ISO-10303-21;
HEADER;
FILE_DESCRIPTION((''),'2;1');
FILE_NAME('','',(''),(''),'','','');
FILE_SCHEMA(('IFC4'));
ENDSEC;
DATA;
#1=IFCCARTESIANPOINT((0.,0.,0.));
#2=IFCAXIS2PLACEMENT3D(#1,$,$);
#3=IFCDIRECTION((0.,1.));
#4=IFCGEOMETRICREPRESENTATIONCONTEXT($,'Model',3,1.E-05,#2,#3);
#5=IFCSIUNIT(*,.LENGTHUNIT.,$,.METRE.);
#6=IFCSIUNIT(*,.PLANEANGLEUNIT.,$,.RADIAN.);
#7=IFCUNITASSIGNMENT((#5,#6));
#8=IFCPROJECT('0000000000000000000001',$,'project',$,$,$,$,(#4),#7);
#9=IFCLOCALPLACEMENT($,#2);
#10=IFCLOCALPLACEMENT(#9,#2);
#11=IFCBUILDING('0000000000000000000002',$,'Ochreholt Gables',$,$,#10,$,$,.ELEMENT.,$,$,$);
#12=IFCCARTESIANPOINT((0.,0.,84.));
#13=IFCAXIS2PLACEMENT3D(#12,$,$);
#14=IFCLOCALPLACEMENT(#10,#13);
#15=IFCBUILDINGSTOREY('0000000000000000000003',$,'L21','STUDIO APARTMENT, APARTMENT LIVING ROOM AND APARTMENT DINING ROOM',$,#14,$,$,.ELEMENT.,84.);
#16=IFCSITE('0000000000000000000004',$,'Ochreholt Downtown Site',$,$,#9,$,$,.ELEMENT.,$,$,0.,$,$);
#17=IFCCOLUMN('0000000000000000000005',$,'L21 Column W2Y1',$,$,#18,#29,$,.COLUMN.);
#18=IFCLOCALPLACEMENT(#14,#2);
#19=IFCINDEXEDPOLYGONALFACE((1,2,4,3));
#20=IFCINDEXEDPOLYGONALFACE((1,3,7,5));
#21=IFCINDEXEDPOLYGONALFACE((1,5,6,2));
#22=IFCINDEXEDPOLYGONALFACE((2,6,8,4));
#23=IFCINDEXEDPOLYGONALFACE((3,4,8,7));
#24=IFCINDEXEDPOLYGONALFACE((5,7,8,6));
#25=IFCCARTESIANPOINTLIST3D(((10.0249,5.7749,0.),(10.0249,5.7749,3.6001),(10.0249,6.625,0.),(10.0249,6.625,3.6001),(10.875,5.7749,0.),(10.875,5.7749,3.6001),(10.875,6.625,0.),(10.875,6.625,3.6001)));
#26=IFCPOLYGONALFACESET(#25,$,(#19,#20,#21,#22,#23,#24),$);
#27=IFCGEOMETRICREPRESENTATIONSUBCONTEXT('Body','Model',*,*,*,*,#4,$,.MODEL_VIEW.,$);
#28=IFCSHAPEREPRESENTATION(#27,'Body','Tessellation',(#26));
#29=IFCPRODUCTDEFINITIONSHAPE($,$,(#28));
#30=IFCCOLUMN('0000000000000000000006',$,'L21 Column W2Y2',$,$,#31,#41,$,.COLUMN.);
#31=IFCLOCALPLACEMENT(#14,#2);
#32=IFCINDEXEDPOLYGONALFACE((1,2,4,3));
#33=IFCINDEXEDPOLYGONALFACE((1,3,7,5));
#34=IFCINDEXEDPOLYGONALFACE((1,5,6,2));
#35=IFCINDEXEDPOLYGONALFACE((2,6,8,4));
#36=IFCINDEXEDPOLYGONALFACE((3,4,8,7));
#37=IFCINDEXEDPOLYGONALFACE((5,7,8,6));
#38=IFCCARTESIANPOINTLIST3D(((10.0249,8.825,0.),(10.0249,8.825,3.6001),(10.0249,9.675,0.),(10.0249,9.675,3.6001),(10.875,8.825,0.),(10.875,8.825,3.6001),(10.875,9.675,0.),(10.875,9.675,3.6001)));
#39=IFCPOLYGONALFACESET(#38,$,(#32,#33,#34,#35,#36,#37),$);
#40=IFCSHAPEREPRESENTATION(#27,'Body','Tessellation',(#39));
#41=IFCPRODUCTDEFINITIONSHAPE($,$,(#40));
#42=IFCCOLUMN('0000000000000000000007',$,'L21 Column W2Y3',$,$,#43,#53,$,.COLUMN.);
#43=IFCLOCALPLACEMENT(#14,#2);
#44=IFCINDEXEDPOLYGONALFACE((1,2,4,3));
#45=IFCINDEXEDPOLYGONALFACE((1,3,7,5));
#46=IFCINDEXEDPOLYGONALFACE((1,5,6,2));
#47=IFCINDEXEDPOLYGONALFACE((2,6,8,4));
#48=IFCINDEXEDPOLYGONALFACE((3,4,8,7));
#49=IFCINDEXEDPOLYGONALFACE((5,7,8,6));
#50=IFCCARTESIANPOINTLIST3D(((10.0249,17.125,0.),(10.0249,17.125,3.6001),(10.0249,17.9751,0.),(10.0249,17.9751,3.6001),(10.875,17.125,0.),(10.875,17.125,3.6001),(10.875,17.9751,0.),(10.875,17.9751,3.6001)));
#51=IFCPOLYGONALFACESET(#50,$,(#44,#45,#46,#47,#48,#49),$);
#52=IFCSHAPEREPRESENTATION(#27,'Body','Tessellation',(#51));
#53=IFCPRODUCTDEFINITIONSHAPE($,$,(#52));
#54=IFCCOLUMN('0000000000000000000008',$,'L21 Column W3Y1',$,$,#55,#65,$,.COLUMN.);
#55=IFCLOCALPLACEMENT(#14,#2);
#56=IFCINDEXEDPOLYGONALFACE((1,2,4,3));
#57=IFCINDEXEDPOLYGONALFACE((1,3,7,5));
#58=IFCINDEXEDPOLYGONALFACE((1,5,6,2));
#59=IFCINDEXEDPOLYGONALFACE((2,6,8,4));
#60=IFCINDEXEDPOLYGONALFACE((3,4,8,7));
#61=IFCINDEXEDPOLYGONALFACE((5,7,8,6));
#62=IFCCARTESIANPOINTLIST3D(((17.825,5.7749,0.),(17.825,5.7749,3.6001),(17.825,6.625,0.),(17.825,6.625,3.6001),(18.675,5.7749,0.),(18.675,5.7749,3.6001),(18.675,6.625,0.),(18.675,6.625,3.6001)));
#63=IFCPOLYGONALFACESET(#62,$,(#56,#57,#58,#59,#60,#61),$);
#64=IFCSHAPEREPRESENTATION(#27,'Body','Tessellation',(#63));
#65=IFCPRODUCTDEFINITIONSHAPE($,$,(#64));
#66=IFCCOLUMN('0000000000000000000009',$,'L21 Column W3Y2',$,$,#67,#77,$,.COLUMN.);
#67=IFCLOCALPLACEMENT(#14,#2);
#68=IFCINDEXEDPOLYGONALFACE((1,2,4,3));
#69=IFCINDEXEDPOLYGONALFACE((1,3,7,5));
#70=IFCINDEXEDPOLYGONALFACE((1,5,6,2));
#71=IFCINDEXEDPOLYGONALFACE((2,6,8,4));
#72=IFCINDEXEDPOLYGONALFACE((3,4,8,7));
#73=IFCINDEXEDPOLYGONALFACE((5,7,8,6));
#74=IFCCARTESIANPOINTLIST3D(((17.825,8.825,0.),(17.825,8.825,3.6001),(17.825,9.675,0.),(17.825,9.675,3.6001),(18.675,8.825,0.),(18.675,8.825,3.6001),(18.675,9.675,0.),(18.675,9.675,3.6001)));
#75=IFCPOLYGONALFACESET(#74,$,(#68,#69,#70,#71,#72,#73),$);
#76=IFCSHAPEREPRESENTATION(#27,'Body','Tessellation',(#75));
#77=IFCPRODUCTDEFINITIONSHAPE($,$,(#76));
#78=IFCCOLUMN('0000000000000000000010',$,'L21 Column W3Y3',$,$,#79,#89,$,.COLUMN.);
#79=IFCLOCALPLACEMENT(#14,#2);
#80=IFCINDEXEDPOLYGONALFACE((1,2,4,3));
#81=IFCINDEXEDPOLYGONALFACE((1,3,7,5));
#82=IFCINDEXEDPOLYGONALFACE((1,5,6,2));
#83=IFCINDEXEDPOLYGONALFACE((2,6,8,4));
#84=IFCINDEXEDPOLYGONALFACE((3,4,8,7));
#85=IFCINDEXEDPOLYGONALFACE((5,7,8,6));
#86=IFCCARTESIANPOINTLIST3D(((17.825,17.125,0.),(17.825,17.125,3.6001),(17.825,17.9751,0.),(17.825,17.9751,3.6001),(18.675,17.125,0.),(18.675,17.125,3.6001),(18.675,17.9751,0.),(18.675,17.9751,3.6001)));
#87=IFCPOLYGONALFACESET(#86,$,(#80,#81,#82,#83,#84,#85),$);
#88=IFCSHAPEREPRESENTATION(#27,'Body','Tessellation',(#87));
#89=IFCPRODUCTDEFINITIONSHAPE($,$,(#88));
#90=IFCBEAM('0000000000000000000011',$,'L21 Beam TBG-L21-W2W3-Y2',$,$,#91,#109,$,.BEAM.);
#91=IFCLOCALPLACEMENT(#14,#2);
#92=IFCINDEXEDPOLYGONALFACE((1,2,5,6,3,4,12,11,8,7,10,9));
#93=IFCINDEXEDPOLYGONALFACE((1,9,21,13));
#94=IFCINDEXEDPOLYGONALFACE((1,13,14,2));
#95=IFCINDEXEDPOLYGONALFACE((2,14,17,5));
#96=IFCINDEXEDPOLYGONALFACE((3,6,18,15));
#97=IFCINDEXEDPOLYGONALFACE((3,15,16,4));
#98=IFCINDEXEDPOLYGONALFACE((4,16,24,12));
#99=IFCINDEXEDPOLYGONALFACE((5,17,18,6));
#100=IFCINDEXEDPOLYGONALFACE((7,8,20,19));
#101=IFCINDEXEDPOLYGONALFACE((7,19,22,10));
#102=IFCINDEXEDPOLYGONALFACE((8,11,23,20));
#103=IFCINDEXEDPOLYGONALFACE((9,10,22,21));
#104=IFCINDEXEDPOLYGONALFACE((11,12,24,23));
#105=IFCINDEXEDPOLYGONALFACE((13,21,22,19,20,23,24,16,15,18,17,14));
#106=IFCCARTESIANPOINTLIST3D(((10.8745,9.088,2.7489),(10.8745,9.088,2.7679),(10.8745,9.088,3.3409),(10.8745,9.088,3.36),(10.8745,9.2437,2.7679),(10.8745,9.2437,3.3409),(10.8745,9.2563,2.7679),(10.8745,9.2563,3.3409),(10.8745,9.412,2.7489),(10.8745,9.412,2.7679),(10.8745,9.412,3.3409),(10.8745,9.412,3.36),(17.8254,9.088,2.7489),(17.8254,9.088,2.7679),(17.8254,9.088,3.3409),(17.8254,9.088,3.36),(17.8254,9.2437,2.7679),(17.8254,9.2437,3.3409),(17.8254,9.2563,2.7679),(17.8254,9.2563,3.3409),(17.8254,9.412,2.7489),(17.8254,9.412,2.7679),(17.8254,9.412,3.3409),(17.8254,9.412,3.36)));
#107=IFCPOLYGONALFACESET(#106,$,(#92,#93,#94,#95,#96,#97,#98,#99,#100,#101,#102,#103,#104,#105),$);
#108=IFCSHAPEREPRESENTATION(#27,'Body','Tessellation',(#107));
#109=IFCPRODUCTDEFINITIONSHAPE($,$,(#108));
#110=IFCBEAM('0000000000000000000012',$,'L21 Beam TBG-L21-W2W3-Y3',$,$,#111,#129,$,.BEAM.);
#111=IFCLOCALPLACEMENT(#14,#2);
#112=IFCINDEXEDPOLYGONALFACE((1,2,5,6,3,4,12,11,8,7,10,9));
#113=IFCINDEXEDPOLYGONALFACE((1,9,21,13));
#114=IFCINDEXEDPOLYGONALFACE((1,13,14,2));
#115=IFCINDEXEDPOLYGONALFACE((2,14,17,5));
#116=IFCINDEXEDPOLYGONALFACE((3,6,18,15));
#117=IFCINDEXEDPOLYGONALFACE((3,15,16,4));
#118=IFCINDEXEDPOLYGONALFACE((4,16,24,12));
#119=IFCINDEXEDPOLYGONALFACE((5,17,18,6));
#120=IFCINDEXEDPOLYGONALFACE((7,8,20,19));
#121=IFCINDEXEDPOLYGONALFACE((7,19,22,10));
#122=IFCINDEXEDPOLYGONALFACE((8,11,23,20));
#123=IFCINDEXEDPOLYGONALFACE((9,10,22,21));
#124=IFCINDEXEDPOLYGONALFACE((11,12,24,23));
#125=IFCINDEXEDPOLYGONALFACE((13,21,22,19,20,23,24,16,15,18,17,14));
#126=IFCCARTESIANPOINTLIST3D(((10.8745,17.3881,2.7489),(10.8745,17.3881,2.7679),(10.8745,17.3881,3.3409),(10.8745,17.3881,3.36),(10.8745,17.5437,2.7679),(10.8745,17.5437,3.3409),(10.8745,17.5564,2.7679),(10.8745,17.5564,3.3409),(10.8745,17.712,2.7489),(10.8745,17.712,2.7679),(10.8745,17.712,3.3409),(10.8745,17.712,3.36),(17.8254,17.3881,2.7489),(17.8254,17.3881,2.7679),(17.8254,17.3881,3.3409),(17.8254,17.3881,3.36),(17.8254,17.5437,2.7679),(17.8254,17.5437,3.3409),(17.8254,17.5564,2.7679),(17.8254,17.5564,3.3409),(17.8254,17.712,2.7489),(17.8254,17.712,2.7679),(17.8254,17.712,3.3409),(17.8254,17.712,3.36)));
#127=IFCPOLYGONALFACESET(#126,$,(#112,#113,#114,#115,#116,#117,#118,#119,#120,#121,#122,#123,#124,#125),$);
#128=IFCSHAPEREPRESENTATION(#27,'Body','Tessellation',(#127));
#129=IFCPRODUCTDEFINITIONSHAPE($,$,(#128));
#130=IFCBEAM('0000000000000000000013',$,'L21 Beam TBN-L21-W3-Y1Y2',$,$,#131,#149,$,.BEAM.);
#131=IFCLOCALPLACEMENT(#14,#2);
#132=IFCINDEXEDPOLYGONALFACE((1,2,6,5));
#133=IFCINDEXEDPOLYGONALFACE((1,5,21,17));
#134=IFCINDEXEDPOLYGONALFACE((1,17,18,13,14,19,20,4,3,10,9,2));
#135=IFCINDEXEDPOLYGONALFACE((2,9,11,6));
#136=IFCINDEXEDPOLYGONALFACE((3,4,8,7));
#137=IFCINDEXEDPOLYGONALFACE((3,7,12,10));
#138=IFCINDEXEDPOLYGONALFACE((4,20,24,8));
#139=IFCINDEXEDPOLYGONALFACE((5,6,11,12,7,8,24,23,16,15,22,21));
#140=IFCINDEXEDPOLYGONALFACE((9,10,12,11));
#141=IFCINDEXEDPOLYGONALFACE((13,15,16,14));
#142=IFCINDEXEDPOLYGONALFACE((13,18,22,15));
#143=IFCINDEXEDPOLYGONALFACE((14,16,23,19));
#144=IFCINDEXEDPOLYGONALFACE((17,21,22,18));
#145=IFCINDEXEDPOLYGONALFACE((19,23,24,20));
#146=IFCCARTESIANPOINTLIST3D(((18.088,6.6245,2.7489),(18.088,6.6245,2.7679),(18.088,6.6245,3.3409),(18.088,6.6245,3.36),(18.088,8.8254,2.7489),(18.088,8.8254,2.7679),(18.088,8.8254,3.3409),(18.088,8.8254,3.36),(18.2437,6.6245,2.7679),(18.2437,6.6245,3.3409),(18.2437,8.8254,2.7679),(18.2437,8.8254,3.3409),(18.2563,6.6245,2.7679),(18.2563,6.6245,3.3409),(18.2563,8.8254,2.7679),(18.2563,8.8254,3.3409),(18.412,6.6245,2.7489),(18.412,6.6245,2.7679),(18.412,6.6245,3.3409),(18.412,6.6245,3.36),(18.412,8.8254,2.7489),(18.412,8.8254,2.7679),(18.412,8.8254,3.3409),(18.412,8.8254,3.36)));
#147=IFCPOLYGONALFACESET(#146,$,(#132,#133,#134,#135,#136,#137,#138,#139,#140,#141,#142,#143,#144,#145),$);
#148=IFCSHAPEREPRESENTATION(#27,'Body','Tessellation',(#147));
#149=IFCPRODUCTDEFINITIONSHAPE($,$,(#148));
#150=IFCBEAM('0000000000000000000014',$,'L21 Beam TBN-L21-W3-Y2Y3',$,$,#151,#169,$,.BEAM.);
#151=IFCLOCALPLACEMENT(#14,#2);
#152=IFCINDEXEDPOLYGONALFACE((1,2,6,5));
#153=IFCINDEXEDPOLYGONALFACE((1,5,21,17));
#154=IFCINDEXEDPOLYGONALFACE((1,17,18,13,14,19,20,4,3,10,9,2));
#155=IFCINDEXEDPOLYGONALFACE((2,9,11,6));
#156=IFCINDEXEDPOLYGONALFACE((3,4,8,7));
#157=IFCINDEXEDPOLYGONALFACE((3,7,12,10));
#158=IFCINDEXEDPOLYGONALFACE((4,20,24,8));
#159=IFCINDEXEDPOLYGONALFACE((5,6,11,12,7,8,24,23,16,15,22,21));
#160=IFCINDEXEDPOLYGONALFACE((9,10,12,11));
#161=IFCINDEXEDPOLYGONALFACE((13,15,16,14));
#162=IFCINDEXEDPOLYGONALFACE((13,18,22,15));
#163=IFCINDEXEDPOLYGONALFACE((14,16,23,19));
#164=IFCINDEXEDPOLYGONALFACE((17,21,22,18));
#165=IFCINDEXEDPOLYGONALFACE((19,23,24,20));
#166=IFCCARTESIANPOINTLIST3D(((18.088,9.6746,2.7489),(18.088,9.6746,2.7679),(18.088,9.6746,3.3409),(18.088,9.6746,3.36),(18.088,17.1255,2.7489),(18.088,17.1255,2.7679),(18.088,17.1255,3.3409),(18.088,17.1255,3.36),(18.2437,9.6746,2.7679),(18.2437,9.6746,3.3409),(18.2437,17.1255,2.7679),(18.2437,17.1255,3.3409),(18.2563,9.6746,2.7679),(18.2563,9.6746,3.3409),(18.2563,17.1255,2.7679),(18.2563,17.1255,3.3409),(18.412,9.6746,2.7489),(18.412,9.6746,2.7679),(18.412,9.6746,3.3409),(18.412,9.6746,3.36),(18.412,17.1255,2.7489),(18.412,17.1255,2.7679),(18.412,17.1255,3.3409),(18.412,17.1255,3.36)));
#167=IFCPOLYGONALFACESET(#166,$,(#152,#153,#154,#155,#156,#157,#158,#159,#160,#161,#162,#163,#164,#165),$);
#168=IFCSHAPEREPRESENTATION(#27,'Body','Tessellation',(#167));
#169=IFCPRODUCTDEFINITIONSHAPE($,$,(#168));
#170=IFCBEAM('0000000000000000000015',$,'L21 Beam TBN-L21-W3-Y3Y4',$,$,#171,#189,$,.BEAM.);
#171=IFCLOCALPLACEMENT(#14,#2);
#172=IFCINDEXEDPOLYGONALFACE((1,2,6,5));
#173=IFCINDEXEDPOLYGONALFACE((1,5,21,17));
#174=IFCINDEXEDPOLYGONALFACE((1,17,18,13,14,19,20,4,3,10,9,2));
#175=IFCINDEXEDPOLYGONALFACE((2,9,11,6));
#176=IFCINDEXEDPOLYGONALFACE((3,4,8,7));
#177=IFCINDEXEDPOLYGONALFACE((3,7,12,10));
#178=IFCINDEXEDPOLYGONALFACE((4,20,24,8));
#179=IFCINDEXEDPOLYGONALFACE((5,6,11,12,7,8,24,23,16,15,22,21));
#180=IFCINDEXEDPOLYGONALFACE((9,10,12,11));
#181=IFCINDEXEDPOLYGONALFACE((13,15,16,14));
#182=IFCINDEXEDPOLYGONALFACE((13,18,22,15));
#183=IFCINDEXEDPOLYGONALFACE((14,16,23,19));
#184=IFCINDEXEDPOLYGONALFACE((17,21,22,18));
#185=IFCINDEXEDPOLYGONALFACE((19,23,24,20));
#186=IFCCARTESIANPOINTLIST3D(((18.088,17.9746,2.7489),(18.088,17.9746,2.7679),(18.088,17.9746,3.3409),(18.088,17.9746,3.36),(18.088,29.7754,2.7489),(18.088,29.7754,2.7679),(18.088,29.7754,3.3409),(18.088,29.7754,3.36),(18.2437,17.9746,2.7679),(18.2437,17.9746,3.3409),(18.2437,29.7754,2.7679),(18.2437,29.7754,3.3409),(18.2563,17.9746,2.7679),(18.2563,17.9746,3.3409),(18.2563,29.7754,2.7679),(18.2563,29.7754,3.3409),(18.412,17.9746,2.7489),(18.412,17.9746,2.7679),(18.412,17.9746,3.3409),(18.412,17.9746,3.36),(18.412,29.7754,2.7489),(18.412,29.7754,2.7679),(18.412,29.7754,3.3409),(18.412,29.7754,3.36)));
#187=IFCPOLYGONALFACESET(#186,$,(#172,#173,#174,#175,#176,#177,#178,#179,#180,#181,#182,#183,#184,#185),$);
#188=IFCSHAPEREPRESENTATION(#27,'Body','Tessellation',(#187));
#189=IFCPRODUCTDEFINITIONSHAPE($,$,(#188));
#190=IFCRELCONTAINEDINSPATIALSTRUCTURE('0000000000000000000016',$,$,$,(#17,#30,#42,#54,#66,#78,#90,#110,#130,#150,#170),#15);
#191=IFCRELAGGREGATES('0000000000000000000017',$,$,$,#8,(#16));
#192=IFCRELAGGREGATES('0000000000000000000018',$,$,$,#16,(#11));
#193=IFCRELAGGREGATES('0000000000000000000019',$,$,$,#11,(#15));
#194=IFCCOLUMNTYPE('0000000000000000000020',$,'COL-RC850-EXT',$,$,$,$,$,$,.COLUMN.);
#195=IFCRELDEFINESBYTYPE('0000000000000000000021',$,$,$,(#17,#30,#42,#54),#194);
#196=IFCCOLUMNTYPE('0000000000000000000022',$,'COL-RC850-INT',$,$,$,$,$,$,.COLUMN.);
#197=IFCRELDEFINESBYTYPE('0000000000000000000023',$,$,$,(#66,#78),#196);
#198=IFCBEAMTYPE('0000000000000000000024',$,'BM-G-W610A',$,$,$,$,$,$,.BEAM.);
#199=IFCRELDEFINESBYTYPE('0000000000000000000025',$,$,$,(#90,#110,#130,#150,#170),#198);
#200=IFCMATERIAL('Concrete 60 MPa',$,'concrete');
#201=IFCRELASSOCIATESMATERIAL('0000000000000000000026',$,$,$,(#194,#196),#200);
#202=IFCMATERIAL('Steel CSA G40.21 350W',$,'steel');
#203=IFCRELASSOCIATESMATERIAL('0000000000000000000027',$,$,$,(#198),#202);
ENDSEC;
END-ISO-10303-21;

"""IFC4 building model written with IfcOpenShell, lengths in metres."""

from ifc_helpers import new_model, si_unit, direction, frame, origin, origin_2d, place, context, subcontext, project, spatial, rectangle, i_section, extrude, material, material_profile, profile_set, type_object, element, save


model = new_model("IFC4")

# Units and contexts
model_context = context("Model", 3, precision=1e-05, world=origin(), true_north=direction((0.0, 1.0)))
body_context = subcontext(model_context, "Body", "Model", "MODEL_VIEW")
ifc_project = project(units=[si_unit("LENGTHUNIT", "METRE"), si_unit("PLANEANGLEUNIT", "RADIAN")], contexts=[model_context])

# Site, building, storey
site_placement = place(None, origin())
site = spatial("IfcSite", under=ifc_project, at=site_placement, Name="Ochreholt Downtown Site", CompositionType="ELEMENT", RefElevation=0.0)
building_placement = place(site_placement, origin())
building = spatial("IfcBuilding", under=site, at=building_placement, Name="Ochreholt Gables", CompositionType="ELEMENT")
storey_placement = place(building_placement, frame((0.0, 0.0, 84.0)))
storey = spatial("IfcBuildingStorey", under=building, at=storey_placement, Name="L21", Description="STUDIO APARTMENT, APARTMENT LIVING ROOM AND APARTMENT DINING ROOM", CompositionType="ELEMENT", Elevation=84.0)

# Columns
ifc_material_1 = material(Name="Concrete 60 MPa", Category="concrete")
ifc_material_profile_1 = material_profile(ifc_material_1, rectangle(XDim=0.8501, YDim=0.8501, at=origin_2d()), Name="RC850X850")
ifc_profile_set_1 = profile_set([ifc_material_profile_1], Name="Concrete 60 MPa")
column_type_1 = type_object("IfcColumnType", Name="COL-RC850-EXT", PredefinedType="COLUMN", material=ifc_profile_set_1)
for number, where, z_axis, x_axis, name in (
    (1, (10.45, 6.2, 0.0), (0.0, 0.0, 1.0), (1.0, 0.0, 0.0), "L21 Column W2Y1"),
    (2, (10.45, 9.25, 0.0), (0.0, 0.0, 1.0), (1.0, 0.0, 0.0), "L21 Column W2Y2"),
    (3, (10.45, 17.55, 0.0), (0.0, 0.0, 1.0), (1.0, 0.0, 0.0), "L21 Column W2Y3"),
    (4, (18.25, 6.2, 0.0), (0.0, 0.0, 1.0), (1.0, 0.0, 0.0), "L21 Column W3Y1"),
):
    element("IfcColumn", number, at=place(storey_placement, frame(where, z_axis=z_axis, x_axis=x_axis)), inside=storey, type_object=column_type_1, Name=name, PredefinedType="COLUMN", context=body_context, shape_type="SweptSolid", body=[
        extrude(rectangle(XDim=0.8501, YDim=0.8501, at=origin_2d()), origin(), (0.0, 0.0, 1.0), 3.6001),
    ])
ifc_material_profile_2 = material_profile(ifc_material_1, rectangle(XDim=0.8501, YDim=0.8501, at=origin_2d()), Name="RC850X850")
ifc_profile_set_2 = profile_set([ifc_material_profile_2], Name="Concrete 60 MPa")
column_type_2 = type_object("IfcColumnType", Name="COL-RC850-INT", PredefinedType="COLUMN", material=ifc_profile_set_2)
for number, where, z_axis, x_axis, name in (
    (5, (18.25, 9.25, 0.0), (0.0, 0.0, 1.0), (1.0, 0.0, 0.0), "L21 Column W3Y2"),
    (6, (18.25, 17.55, 0.0), (0.0, 0.0, 1.0), (1.0, 0.0, 0.0), "L21 Column W3Y3"),
):
    element("IfcColumn", number, at=place(storey_placement, frame(where, z_axis=z_axis, x_axis=x_axis)), inside=storey, type_object=column_type_2, Name=name, PredefinedType="COLUMN", context=body_context, shape_type="SweptSolid", body=[
        extrude(rectangle(XDim=0.8501, YDim=0.8501, at=origin_2d()), origin(), (0.0, 0.0, 1.0), 3.6001),
    ])

# Beams
ifc_material_2 = material(Name="Steel CSA G40.21 350W", Category="steel")
ifc_material_profile_3 = material_profile(ifc_material_2, i_section(OverallWidth=0.324, OverallDepth=0.6111, WebThickness=0.0127, FlangeThickness=0.019, at=origin_2d()), Name="W610X155")
ifc_profile_set_3 = profile_set([ifc_material_profile_3], Name="Steel CSA G40.21 350W")
beam_type_1 = type_object("IfcBeamType", Name="BM-G-W610A", PredefinedType="BEAM", material=ifc_profile_set_3)
for number, where, z_axis, x_axis, name in (
    (7, (10.8745, 9.25, 3.0544), (1.0, 0.0, 0.0), (0.0, 1.0, 0.0), "L21 Beam TBG-L21-W2W3-Y2"),
    (8, (10.8745, 17.55, 3.0544), (1.0, 0.0, 0.0), (0.0, 1.0, 0.0), "L21 Beam TBG-L21-W2W3-Y3"),
):
    element("IfcBeam", number, at=place(storey_placement, frame(where, z_axis=z_axis, x_axis=x_axis)), inside=storey, type_object=beam_type_1, Name=name, PredefinedType="BEAM", context=body_context, shape_type="SweptSolid", body=[
        extrude(i_section(OverallWidth=0.324, OverallDepth=0.6111, WebThickness=0.0127, FlangeThickness=0.019, at=origin_2d()), origin(), (0.0, 0.0, 1.0), 6.9509),
    ])
beam_1_placement = place(storey_placement, frame((18.25, 6.6245, 3.0544), z_axis=(0.0, 1.0, 0.0), x_axis=(-1.0, 0.0, 0.0)))
element("IfcBeam", 9, at=beam_1_placement, inside=storey, type_object=beam_type_1, Name="L21 Beam TBN-L21-W3-Y1Y2", PredefinedType="BEAM", context=body_context, shape_type="SweptSolid", body=[
    extrude(i_section(OverallWidth=0.324, OverallDepth=0.6111, WebThickness=0.0127, FlangeThickness=0.019, at=origin_2d()), origin(), (0.0, 0.0, 1.0), 2.2009),
])
beam_2_placement = place(storey_placement, frame((18.25, 9.6746, 3.0544), z_axis=(0.0, 1.0, 0.0), x_axis=(-1.0, 0.0, 0.0)))
element("IfcBeam", 10, at=beam_2_placement, inside=storey, type_object=beam_type_1, Name="L21 Beam TBN-L21-W3-Y2Y3", PredefinedType="BEAM", context=body_context, shape_type="SweptSolid", body=[
    extrude(i_section(OverallWidth=0.324, OverallDepth=0.6111, WebThickness=0.0127, FlangeThickness=0.019, at=origin_2d()), origin(), (0.0, 0.0, 1.0), 7.4509),
])
beam_3_placement = place(storey_placement, frame((18.25, 17.9746, 3.0544), z_axis=(0.0, 1.0, 0.0), x_axis=(-1.0, 0.0, 0.0)))
element("IfcBeam", 11, at=beam_3_placement, inside=storey, type_object=beam_type_1, Name="L21 Beam TBN-L21-W3-Y3Y4", PredefinedType="BEAM", context=body_context, shape_type="SweptSolid", body=[
    extrude(i_section(OverallWidth=0.324, OverallDepth=0.6111, WebThickness=0.0127, FlangeThickness=0.019, at=origin_2d()), origin(), (0.0, 0.0, 1.0), 11.8008),
])

save(model, "model.ifc")
